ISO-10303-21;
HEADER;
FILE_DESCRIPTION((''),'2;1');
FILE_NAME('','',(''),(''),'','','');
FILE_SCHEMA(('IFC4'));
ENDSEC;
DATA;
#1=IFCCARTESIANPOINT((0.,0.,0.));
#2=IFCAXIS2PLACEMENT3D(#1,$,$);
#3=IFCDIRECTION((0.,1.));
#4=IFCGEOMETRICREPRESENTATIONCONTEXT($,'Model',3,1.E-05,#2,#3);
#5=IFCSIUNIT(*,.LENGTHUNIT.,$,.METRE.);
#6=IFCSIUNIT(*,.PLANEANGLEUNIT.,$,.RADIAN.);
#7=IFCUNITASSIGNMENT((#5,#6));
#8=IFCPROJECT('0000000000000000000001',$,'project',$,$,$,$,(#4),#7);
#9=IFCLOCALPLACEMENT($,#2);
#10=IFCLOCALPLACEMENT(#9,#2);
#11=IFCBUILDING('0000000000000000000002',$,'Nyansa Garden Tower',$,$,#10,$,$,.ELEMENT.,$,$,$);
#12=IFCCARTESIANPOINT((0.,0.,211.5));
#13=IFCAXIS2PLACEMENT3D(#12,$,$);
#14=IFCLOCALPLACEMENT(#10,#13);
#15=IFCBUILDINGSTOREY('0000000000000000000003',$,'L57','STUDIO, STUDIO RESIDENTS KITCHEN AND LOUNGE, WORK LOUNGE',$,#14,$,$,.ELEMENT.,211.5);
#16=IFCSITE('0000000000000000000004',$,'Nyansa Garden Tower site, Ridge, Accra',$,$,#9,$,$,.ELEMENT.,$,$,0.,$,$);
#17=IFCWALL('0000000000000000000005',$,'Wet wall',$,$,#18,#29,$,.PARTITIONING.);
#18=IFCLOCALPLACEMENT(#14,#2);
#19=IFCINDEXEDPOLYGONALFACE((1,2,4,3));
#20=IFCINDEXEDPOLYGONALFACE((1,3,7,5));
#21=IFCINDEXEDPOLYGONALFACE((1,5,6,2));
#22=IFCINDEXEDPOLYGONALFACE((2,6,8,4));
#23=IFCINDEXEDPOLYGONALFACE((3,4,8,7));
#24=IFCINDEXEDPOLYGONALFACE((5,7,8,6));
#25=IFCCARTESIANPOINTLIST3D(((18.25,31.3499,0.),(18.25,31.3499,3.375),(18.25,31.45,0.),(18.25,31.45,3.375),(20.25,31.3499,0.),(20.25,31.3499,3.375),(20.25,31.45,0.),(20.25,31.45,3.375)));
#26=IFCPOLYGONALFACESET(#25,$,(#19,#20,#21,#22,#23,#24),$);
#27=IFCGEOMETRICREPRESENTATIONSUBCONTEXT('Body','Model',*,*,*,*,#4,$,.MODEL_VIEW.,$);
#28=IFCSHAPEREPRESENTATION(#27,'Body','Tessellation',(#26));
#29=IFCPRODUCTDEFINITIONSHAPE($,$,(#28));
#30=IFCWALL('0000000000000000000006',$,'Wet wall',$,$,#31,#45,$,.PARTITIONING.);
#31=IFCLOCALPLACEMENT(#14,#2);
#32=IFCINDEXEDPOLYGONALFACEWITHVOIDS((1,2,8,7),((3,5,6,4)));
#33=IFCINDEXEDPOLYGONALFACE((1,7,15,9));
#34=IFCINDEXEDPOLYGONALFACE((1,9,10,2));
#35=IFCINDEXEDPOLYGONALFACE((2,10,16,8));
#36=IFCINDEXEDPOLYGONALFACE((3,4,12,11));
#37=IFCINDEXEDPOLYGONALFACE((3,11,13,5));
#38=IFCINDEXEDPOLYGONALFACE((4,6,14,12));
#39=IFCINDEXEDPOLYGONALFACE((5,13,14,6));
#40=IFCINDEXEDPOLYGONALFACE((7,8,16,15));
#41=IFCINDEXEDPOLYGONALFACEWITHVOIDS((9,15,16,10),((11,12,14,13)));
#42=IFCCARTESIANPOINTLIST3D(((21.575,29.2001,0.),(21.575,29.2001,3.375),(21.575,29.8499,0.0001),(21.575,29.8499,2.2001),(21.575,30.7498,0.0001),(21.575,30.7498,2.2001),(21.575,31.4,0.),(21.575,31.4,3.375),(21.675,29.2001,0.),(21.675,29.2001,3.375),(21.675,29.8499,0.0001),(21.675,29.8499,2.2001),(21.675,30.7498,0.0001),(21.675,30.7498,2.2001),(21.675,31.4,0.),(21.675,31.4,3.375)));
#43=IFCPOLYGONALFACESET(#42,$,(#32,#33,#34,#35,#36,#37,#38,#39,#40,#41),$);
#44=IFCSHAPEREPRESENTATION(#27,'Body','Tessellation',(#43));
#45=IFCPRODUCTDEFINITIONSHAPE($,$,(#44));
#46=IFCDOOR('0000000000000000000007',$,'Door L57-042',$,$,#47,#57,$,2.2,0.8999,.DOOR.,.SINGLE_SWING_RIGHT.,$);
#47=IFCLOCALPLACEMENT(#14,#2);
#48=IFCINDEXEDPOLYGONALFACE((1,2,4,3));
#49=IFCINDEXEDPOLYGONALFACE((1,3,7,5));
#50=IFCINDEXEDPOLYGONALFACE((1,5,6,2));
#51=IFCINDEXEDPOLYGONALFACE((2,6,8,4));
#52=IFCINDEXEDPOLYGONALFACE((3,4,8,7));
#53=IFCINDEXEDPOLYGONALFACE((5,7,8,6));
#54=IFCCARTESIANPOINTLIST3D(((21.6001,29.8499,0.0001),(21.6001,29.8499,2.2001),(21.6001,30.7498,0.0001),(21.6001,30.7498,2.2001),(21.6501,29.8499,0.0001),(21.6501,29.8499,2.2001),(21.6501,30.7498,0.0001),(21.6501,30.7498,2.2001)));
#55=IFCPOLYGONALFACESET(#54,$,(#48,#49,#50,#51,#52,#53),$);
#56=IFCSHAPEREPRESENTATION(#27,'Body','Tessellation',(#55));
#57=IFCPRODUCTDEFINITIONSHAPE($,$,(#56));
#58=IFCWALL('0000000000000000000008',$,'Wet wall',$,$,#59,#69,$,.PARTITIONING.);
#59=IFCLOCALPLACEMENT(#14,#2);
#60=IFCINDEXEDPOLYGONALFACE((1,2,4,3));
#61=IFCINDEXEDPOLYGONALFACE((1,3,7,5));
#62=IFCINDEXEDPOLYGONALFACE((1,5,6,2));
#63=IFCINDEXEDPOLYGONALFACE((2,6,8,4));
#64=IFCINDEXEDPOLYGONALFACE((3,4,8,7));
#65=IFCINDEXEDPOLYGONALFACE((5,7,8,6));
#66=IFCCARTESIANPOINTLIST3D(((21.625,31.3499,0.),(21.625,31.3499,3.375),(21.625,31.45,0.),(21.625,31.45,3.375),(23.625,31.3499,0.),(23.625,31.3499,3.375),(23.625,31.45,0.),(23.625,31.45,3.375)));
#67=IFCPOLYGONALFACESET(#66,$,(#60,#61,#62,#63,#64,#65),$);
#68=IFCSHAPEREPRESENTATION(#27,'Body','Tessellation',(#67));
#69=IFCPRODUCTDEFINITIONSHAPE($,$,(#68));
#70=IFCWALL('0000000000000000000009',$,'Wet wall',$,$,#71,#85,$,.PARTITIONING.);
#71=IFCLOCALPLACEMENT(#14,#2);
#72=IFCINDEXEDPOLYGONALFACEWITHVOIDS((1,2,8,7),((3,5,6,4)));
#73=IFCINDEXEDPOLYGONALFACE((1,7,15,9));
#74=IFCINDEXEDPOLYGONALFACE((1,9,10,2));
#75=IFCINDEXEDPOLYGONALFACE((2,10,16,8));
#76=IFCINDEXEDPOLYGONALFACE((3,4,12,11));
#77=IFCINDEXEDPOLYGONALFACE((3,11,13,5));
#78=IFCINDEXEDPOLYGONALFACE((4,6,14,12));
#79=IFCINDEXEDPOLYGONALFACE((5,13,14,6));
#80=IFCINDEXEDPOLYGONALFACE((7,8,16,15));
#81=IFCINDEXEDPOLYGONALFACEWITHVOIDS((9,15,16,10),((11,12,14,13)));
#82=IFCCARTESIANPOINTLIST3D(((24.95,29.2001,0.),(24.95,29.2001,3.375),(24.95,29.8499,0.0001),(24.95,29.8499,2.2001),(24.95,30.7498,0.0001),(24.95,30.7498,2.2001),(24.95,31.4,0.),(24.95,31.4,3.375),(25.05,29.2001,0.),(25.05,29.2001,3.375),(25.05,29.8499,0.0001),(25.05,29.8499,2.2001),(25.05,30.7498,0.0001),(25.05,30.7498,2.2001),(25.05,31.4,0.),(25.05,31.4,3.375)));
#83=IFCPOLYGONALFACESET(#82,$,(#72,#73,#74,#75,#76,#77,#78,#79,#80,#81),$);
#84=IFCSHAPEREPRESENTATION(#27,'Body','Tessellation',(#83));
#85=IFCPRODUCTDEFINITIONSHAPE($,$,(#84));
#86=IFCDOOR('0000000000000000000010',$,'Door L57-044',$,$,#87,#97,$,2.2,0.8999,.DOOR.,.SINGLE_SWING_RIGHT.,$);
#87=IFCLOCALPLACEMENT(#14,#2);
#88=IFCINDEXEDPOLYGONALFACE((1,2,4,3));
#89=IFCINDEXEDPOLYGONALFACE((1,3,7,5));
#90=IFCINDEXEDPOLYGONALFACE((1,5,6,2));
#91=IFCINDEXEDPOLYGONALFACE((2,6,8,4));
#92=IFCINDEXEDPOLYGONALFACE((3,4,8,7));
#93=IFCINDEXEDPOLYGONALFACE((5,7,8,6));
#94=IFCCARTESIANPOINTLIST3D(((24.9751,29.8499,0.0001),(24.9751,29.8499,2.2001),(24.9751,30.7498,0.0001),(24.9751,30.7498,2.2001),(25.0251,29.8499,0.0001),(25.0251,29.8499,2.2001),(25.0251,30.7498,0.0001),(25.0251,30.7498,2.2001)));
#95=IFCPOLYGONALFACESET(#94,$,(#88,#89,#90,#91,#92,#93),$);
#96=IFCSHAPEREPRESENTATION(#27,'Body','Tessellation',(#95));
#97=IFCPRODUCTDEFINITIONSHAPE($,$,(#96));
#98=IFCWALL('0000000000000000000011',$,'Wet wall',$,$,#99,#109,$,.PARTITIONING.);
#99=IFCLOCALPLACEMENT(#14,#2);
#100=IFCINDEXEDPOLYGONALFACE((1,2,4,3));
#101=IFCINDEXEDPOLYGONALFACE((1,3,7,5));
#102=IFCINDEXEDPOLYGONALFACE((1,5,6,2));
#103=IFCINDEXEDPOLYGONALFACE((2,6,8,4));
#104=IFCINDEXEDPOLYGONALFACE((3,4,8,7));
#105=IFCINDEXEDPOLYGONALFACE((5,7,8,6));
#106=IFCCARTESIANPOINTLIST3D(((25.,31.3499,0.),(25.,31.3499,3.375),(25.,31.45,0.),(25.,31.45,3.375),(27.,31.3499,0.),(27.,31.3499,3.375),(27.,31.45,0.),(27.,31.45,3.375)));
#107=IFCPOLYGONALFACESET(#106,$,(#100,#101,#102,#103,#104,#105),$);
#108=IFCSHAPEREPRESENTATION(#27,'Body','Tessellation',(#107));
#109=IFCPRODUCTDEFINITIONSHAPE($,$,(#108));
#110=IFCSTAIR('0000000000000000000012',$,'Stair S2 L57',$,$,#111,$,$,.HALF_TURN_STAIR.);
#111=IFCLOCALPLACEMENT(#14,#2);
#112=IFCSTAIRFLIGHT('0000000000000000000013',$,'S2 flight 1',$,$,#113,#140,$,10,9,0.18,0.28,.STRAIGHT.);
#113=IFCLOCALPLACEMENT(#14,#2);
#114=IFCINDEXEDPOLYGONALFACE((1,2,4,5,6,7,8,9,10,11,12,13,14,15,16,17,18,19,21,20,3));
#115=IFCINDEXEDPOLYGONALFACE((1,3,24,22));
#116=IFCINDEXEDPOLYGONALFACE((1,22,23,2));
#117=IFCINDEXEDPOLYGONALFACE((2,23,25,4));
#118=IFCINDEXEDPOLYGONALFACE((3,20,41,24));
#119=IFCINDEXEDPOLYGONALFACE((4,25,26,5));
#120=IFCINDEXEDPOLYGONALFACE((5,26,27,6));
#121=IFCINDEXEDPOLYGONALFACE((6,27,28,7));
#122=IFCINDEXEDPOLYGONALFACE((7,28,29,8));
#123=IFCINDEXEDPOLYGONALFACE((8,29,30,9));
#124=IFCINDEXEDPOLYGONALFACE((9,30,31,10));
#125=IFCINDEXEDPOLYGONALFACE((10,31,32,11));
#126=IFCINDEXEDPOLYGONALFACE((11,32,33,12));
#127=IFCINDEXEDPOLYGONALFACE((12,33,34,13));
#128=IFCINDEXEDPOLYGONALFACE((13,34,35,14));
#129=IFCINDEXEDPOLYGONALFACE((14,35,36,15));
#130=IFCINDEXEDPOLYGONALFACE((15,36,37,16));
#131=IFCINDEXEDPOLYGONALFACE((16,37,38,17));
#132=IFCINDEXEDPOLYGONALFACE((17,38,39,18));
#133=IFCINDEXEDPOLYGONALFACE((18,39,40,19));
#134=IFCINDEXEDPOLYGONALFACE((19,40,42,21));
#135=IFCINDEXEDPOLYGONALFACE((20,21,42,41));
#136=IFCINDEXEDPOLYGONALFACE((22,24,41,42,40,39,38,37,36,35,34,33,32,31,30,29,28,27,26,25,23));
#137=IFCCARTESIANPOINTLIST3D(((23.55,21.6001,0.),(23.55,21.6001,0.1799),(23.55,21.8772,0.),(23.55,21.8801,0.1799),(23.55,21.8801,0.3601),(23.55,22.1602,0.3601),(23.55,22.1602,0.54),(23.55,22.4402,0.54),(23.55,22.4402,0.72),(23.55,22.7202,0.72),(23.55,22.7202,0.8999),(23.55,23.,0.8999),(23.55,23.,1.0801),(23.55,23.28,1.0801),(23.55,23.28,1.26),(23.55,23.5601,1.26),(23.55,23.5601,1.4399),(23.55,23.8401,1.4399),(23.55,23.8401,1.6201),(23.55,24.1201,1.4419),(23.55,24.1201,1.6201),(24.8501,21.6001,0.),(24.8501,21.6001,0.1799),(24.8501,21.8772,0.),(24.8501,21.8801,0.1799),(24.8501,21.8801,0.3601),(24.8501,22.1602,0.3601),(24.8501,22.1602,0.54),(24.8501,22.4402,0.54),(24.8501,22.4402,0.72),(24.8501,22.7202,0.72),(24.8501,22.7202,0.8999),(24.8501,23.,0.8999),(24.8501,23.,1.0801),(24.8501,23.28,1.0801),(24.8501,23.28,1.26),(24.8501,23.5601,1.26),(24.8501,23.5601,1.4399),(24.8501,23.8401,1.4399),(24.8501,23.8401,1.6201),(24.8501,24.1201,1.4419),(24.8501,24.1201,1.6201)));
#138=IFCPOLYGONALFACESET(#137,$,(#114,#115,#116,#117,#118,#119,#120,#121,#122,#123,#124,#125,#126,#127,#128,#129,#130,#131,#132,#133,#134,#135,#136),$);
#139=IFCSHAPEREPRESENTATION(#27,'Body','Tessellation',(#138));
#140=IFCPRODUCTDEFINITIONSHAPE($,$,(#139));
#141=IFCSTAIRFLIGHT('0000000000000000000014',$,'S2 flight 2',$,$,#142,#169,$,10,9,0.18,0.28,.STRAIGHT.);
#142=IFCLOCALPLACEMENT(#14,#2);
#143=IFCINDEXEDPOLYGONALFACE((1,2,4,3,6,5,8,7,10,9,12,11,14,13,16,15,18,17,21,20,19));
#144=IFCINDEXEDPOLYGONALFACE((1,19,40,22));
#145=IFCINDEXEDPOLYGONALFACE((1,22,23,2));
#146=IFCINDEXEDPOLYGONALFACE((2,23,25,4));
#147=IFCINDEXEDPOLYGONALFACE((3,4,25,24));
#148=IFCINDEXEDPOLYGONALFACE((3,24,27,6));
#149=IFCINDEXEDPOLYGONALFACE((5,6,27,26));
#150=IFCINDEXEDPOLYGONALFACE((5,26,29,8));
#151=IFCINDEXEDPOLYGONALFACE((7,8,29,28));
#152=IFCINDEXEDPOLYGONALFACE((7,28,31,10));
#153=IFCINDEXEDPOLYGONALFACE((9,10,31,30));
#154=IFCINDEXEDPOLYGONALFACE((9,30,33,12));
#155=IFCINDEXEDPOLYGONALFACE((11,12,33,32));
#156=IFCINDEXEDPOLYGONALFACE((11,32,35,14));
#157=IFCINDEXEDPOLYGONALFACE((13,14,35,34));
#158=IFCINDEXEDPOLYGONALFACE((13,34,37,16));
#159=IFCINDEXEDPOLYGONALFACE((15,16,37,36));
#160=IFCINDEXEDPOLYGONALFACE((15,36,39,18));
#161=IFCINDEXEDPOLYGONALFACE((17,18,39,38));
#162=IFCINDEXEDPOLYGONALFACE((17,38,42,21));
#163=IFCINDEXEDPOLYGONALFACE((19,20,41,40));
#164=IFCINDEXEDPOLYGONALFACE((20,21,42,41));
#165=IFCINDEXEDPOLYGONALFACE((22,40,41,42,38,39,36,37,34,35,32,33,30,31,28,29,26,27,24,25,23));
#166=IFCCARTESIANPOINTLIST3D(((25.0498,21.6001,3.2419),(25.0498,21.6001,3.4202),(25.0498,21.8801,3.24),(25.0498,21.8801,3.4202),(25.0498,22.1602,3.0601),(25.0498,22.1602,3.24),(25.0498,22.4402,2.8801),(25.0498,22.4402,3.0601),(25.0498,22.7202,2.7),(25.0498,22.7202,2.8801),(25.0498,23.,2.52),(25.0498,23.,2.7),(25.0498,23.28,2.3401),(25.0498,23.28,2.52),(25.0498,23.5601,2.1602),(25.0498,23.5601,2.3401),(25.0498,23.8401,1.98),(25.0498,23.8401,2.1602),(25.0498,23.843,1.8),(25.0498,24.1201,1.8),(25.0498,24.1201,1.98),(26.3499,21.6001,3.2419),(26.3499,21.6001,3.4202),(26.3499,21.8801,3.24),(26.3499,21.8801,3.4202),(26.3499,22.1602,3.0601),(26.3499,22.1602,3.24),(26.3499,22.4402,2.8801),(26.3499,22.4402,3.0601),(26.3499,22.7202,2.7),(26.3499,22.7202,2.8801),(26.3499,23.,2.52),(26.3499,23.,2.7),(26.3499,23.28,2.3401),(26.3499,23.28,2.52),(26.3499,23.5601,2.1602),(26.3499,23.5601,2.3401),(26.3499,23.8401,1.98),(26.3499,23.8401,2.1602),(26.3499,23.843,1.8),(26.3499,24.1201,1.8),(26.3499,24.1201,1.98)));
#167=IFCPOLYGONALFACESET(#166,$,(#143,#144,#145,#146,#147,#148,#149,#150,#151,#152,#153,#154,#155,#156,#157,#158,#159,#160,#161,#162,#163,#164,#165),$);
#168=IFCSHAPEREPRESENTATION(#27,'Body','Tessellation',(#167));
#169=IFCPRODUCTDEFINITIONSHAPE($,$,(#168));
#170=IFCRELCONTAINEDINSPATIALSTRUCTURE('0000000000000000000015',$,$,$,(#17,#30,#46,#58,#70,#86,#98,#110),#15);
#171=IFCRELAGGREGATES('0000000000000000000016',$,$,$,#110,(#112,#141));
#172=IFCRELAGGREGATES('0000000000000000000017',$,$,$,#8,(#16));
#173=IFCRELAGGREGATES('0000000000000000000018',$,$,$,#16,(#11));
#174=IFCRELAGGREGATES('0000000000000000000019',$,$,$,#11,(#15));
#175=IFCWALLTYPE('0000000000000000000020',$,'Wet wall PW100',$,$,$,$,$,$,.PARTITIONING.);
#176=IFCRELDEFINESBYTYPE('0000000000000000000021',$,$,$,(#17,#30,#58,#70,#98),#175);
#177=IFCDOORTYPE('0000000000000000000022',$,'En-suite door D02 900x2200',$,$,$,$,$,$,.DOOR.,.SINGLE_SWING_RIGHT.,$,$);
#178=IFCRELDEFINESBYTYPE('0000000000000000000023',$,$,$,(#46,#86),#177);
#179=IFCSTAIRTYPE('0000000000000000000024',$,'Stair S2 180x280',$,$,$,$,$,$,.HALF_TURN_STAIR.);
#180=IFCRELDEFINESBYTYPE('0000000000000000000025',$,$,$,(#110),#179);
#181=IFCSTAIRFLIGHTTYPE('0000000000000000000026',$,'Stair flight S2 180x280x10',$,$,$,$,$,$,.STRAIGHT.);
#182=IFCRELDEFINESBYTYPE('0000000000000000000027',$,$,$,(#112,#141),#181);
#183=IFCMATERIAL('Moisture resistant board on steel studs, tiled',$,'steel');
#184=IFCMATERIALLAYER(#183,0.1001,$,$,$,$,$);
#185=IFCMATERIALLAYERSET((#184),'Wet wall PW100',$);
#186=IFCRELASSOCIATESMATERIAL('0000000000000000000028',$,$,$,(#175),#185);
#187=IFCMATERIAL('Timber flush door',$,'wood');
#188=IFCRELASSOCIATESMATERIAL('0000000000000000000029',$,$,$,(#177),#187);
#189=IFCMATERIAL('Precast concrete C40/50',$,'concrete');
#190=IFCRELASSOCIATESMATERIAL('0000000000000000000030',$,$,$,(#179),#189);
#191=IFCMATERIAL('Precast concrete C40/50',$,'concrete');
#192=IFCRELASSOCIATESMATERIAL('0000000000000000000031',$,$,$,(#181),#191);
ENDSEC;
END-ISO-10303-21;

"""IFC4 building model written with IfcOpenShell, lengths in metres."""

from ifc_helpers import new_model, si_unit, direction, frame, frame_2d, origin, place, context, subcontext, project, spatial, polyline, rectangle, outline, extrude, material, layer, layer_set, type_object, element, fill, aggregate, save


model = new_model("IFC4")

# Units and contexts
model_context = context("Model", 3, precision=1e-05, world=origin(), true_north=direction((0.0, 1.0)))
body_context = subcontext(model_context, "Body", "Model", "MODEL_VIEW")
ifc_project = project(units=[si_unit("LENGTHUNIT", "METRE"), si_unit("PLANEANGLEUNIT", "RADIAN")], contexts=[model_context])

# Site, building, storey
site_placement = place(None, origin())
site = spatial("IfcSite", under=ifc_project, at=site_placement, Name="Nyansa Garden Tower site, Ridge, Accra", CompositionType="ELEMENT", RefElevation=0.0)
building_placement = place(site_placement, origin())
building = spatial("IfcBuilding", under=site, at=building_placement, Name="Nyansa Garden Tower", CompositionType="ELEMENT")
storey_placement = place(building_placement, frame((0.0, 0.0, 211.5)))
storey = spatial("IfcBuildingStorey", under=building, at=storey_placement, Name="L57", Description="STUDIO, STUDIO RESIDENTS KITCHEN AND LOUNGE, WORK LOUNGE", CompositionType="ELEMENT", Elevation=211.5)

# Shared definitions
ifc_material_1 = material(Name="Moisture resistant board on steel studs, tiled", Category="steel")
ifc_layer_1 = layer(ifc_material_1, 0.1001)
ifc_layer_set_1 = layer_set([ifc_layer_1], Name="Wet wall PW100")
wall_type_1 = type_object("IfcWallType", Name="Wet wall PW100", PredefinedType="PARTITIONING", material=ifc_layer_set_1)
ifc_material_2 = material(Name="Timber flush door", Category="wood")
door_type = type_object("IfcDoorType", Name="En-suite door D02 900x2200", OperationType="SINGLE_SWING_RIGHT", PredefinedType="DOOR", material=ifc_material_2)

# Wall
wall_1_placement = place(storey_placement, frame((18.25, 31.3999, 0.0), z_axis=(0.0, 0.0, 1.0), x_axis=(1.0, 0.0, 0.0)))
element("IfcWall", 1, at=wall_1_placement, inside=storey, type_object=wall_type_1, Name="Wet wall", PredefinedType="PARTITIONING", context=body_context, shape_type="SweptSolid", body=[
    extrude(rectangle(XDim=2.0, YDim=0.1001, at=frame_2d((1.0, 0.0))), origin(), (0.0, 0.0, 1.0), 3.375),
])

# Wall, opening, door
wall_2_placement = place(storey_placement, frame((21.625, 29.2, 0.0), z_axis=(0.0, 0.0, 1.0), x_axis=(0.0, 1.0, 0.0)))
wall_2 = element("IfcWall", 2, at=wall_2_placement, inside=storey, type_object=wall_type_1, Name="Wet wall", PredefinedType="PARTITIONING", context=body_context, shape_type="SweptSolid", body=[
    extrude(rectangle(XDim=2.2, YDim=0.1001, at=frame_2d((1.1001, 0.0))), origin(), (0.0, 0.0, 1.0), 3.375),
])
opening_1_placement = place(wall_2_placement, frame((0.6499, 0.0, 0.0)))
opening_1 = element("IfcOpeningElement", 3, at=opening_1_placement, cuts=wall_2, PredefinedType="OPENING", context=body_context, shape_type="SweptSolid", body=[
    extrude(rectangle(XDim=0.8999, YDim=2.2, at=frame_2d((0.45, 1.1001))), frame((0.0, 0.0601, 0.0), z_axis=(0.0, -1.0, 0.0), x_axis=(1.0, 0.0, 0.0)), (0.0, 0.0, 1.0), 0.1201),
])
door_1_placement = place(opening_1_placement, origin())
door_1 = element("IfcDoor", 4, at=door_1_placement, inside=storey, type_object=door_type, Name="Door L57-042", OperationType="SINGLE_SWING_RIGHT", OverallHeight=2.2, OverallWidth=0.8999, PredefinedType="DOOR", context=body_context, shape_type="SweptSolid", body=[
    extrude(rectangle(XDim=0.8999, YDim=2.2, at=frame_2d((0.45, 1.1001))), frame((0.0, 0.0249, 0.0), z_axis=(0.0, -1.0, 0.0), x_axis=(1.0, 0.0, 0.0)), (0.0, 0.0, 1.0), 0.05),
])
fill(opening_1, door_1)

# Wall
wall_3_placement = place(storey_placement, frame((21.625, 31.3999, 0.0), z_axis=(0.0, 0.0, 1.0), x_axis=(1.0, 0.0, 0.0)))
element("IfcWall", 5, at=wall_3_placement, inside=storey, type_object=wall_type_1, Name="Wet wall", PredefinedType="PARTITIONING", context=body_context, shape_type="SweptSolid", body=[
    extrude(rectangle(XDim=2.0, YDim=0.1001, at=frame_2d((1.0, 0.0))), origin(), (0.0, 0.0, 1.0), 3.375),
])

# Wall, opening, door
wall_4_placement = place(storey_placement, frame((25.0, 29.2, 0.0), z_axis=(0.0, 0.0, 1.0), x_axis=(0.0, 1.0, 0.0)))
wall_4 = element("IfcWall", 6, at=wall_4_placement, inside=storey, type_object=wall_type_1, Name="Wet wall", PredefinedType="PARTITIONING", context=body_context, shape_type="SweptSolid", body=[
    extrude(rectangle(XDim=2.2, YDim=0.1001, at=frame_2d((1.1001, 0.0))), origin(), (0.0, 0.0, 1.0), 3.375),
])
opening_2_placement = place(wall_4_placement, frame((0.6499, 0.0, 0.0)))
opening_2 = element("IfcOpeningElement", 7, at=opening_2_placement, cuts=wall_4, PredefinedType="OPENING", context=body_context, shape_type="SweptSolid", body=[
    extrude(rectangle(XDim=0.8999, YDim=2.2, at=frame_2d((0.45, 1.1001))), frame((0.0, 0.0601, 0.0), z_axis=(0.0, -1.0, 0.0), x_axis=(1.0, 0.0, 0.0)), (0.0, 0.0, 1.0), 0.1201),
])
door_2_placement = place(opening_2_placement, origin())
door_2 = element("IfcDoor", 8, at=door_2_placement, inside=storey, type_object=door_type, Name="Door L57-044", OperationType="SINGLE_SWING_RIGHT", OverallHeight=2.2, OverallWidth=0.8999, PredefinedType="DOOR", context=body_context, shape_type="SweptSolid", body=[
    extrude(rectangle(XDim=0.8999, YDim=2.2, at=frame_2d((0.45, 1.1001))), frame((0.0, 0.0249, 0.0), z_axis=(0.0, -1.0, 0.0), x_axis=(1.0, 0.0, 0.0)), (0.0, 0.0, 1.0), 0.05),
])
fill(opening_2, door_2)

# Wall
wall_5_placement = place(storey_placement, frame((25.0, 31.3999, 0.0), z_axis=(0.0, 0.0, 1.0), x_axis=(1.0, 0.0, 0.0)))
element("IfcWall", 9, at=wall_5_placement, inside=storey, type_object=wall_type_1, Name="Wet wall", PredefinedType="PARTITIONING", context=body_context, shape_type="SweptSolid", body=[
    extrude(rectangle(XDim=2.0, YDim=0.1001, at=frame_2d((1.0, 0.0))), origin(), (0.0, 0.0, 1.0), 3.375),
])

# Stair, stair flights
ifc_material_3 = material(Name="Precast concrete C40/50", Category="concrete")
stair_type = type_object("IfcStairType", Name="Stair S2 180x280", PredefinedType="HALF_TURN_STAIR", material=ifc_material_3)
stair_placement = place(storey_placement, origin())
stair = element("IfcStair", 10, at=stair_placement, inside=storey, type_object=stair_type, Name="Stair S2 L57", PredefinedType="HALF_TURN_STAIR")
ifc_material_4 = material(Name="Precast concrete C40/50", Category="concrete")
stair_flight_type = type_object("IfcStairFlightType", Name="Stair flight S2 180x280x10", PredefinedType="STRAIGHT", material=ifc_material_4)
stair_flight_1_placement = place(storey_placement, frame((24.2, 21.6001, 0.0), z_axis=(0.0, 0.0, 1.0), x_axis=(0.0, 1.0, 0.0)))
stair_flight_1 = element("IfcStairFlight", 11, at=stair_flight_1_placement, type_object=stair_flight_type, Name="S2 flight 1", NumberOfRisers=10, NumberOfTreads=9, PredefinedType="STRAIGHT", RiserHeight=0.18, TreadLength=0.28, context=body_context, shape_type="SweptSolid", body=[
    extrude(outline(polyline([(0.0, 0.0), (0.0, 0.1799), (0.28, 0.1799), (0.28, 0.3601), (0.5601, 0.3601), (0.5601, 0.54), (0.8401, 0.54), (0.8401, 0.72), (1.1201, 0.72), (1.1201, 0.8999), (1.3999, 0.8999), (1.3999, 1.0801), (1.6799, 1.0801), (1.6799, 1.26), (1.96, 1.26), (1.96, 1.4399), (2.24, 1.4399), (2.24, 1.6201), (2.52, 1.6201), (2.52, 1.8), (2.52, 1.4419), (0.2771, 0.0), (0.0, 0.0)])), frame((0.0, 0.6499, 0.0), z_axis=(0.0, -1.0, 0.0), x_axis=(1.0, 0.0, 0.0)), (0.0, 0.0, 1.0), 1.3),
])
stair_flight_2_placement = place(storey_placement, frame((25.7, 24.1201, 1.8), z_axis=(0.0, 0.0, 1.0), x_axis=(0.0, -1.0, 0.0)))
stair_flight_2 = element("IfcStairFlight", 12, at=stair_flight_2_placement, type_object=stair_flight_type, Name="S2 flight 2", NumberOfRisers=10, NumberOfTreads=9, PredefinedType="STRAIGHT", RiserHeight=0.18, TreadLength=0.28, context=body_context, shape_type="SweptSolid", body=[
    extrude(outline(polyline([(0.0, 0.0), (0.0, 0.1799), (0.28, 0.1799), (0.28, 0.3601), (0.5601, 0.3601), (0.5601, 0.54), (0.8401, 0.54), (0.8401, 0.72), (1.1201, 0.72), (1.1201, 0.8999), (1.3999, 0.8999), (1.3999, 1.0801), (1.6799, 1.0801), (1.6799, 1.26), (1.96, 1.26), (1.96, 1.4399), (2.24, 1.4399), (2.24, 1.6201), (2.52, 1.6201), (2.52, 1.8), (2.52, 1.4419), (0.2771, 0.0), (0.0, 0.0)])), frame((0.0, 0.6499, 0.0), z_axis=(0.0, -1.0, 0.0), x_axis=(1.0, 0.0, 0.0)), (0.0, 0.0, 1.0), 1.3),
])
aggregate(stair, [stair_flight_1, stair_flight_2])

save(model, "model.ifc")
